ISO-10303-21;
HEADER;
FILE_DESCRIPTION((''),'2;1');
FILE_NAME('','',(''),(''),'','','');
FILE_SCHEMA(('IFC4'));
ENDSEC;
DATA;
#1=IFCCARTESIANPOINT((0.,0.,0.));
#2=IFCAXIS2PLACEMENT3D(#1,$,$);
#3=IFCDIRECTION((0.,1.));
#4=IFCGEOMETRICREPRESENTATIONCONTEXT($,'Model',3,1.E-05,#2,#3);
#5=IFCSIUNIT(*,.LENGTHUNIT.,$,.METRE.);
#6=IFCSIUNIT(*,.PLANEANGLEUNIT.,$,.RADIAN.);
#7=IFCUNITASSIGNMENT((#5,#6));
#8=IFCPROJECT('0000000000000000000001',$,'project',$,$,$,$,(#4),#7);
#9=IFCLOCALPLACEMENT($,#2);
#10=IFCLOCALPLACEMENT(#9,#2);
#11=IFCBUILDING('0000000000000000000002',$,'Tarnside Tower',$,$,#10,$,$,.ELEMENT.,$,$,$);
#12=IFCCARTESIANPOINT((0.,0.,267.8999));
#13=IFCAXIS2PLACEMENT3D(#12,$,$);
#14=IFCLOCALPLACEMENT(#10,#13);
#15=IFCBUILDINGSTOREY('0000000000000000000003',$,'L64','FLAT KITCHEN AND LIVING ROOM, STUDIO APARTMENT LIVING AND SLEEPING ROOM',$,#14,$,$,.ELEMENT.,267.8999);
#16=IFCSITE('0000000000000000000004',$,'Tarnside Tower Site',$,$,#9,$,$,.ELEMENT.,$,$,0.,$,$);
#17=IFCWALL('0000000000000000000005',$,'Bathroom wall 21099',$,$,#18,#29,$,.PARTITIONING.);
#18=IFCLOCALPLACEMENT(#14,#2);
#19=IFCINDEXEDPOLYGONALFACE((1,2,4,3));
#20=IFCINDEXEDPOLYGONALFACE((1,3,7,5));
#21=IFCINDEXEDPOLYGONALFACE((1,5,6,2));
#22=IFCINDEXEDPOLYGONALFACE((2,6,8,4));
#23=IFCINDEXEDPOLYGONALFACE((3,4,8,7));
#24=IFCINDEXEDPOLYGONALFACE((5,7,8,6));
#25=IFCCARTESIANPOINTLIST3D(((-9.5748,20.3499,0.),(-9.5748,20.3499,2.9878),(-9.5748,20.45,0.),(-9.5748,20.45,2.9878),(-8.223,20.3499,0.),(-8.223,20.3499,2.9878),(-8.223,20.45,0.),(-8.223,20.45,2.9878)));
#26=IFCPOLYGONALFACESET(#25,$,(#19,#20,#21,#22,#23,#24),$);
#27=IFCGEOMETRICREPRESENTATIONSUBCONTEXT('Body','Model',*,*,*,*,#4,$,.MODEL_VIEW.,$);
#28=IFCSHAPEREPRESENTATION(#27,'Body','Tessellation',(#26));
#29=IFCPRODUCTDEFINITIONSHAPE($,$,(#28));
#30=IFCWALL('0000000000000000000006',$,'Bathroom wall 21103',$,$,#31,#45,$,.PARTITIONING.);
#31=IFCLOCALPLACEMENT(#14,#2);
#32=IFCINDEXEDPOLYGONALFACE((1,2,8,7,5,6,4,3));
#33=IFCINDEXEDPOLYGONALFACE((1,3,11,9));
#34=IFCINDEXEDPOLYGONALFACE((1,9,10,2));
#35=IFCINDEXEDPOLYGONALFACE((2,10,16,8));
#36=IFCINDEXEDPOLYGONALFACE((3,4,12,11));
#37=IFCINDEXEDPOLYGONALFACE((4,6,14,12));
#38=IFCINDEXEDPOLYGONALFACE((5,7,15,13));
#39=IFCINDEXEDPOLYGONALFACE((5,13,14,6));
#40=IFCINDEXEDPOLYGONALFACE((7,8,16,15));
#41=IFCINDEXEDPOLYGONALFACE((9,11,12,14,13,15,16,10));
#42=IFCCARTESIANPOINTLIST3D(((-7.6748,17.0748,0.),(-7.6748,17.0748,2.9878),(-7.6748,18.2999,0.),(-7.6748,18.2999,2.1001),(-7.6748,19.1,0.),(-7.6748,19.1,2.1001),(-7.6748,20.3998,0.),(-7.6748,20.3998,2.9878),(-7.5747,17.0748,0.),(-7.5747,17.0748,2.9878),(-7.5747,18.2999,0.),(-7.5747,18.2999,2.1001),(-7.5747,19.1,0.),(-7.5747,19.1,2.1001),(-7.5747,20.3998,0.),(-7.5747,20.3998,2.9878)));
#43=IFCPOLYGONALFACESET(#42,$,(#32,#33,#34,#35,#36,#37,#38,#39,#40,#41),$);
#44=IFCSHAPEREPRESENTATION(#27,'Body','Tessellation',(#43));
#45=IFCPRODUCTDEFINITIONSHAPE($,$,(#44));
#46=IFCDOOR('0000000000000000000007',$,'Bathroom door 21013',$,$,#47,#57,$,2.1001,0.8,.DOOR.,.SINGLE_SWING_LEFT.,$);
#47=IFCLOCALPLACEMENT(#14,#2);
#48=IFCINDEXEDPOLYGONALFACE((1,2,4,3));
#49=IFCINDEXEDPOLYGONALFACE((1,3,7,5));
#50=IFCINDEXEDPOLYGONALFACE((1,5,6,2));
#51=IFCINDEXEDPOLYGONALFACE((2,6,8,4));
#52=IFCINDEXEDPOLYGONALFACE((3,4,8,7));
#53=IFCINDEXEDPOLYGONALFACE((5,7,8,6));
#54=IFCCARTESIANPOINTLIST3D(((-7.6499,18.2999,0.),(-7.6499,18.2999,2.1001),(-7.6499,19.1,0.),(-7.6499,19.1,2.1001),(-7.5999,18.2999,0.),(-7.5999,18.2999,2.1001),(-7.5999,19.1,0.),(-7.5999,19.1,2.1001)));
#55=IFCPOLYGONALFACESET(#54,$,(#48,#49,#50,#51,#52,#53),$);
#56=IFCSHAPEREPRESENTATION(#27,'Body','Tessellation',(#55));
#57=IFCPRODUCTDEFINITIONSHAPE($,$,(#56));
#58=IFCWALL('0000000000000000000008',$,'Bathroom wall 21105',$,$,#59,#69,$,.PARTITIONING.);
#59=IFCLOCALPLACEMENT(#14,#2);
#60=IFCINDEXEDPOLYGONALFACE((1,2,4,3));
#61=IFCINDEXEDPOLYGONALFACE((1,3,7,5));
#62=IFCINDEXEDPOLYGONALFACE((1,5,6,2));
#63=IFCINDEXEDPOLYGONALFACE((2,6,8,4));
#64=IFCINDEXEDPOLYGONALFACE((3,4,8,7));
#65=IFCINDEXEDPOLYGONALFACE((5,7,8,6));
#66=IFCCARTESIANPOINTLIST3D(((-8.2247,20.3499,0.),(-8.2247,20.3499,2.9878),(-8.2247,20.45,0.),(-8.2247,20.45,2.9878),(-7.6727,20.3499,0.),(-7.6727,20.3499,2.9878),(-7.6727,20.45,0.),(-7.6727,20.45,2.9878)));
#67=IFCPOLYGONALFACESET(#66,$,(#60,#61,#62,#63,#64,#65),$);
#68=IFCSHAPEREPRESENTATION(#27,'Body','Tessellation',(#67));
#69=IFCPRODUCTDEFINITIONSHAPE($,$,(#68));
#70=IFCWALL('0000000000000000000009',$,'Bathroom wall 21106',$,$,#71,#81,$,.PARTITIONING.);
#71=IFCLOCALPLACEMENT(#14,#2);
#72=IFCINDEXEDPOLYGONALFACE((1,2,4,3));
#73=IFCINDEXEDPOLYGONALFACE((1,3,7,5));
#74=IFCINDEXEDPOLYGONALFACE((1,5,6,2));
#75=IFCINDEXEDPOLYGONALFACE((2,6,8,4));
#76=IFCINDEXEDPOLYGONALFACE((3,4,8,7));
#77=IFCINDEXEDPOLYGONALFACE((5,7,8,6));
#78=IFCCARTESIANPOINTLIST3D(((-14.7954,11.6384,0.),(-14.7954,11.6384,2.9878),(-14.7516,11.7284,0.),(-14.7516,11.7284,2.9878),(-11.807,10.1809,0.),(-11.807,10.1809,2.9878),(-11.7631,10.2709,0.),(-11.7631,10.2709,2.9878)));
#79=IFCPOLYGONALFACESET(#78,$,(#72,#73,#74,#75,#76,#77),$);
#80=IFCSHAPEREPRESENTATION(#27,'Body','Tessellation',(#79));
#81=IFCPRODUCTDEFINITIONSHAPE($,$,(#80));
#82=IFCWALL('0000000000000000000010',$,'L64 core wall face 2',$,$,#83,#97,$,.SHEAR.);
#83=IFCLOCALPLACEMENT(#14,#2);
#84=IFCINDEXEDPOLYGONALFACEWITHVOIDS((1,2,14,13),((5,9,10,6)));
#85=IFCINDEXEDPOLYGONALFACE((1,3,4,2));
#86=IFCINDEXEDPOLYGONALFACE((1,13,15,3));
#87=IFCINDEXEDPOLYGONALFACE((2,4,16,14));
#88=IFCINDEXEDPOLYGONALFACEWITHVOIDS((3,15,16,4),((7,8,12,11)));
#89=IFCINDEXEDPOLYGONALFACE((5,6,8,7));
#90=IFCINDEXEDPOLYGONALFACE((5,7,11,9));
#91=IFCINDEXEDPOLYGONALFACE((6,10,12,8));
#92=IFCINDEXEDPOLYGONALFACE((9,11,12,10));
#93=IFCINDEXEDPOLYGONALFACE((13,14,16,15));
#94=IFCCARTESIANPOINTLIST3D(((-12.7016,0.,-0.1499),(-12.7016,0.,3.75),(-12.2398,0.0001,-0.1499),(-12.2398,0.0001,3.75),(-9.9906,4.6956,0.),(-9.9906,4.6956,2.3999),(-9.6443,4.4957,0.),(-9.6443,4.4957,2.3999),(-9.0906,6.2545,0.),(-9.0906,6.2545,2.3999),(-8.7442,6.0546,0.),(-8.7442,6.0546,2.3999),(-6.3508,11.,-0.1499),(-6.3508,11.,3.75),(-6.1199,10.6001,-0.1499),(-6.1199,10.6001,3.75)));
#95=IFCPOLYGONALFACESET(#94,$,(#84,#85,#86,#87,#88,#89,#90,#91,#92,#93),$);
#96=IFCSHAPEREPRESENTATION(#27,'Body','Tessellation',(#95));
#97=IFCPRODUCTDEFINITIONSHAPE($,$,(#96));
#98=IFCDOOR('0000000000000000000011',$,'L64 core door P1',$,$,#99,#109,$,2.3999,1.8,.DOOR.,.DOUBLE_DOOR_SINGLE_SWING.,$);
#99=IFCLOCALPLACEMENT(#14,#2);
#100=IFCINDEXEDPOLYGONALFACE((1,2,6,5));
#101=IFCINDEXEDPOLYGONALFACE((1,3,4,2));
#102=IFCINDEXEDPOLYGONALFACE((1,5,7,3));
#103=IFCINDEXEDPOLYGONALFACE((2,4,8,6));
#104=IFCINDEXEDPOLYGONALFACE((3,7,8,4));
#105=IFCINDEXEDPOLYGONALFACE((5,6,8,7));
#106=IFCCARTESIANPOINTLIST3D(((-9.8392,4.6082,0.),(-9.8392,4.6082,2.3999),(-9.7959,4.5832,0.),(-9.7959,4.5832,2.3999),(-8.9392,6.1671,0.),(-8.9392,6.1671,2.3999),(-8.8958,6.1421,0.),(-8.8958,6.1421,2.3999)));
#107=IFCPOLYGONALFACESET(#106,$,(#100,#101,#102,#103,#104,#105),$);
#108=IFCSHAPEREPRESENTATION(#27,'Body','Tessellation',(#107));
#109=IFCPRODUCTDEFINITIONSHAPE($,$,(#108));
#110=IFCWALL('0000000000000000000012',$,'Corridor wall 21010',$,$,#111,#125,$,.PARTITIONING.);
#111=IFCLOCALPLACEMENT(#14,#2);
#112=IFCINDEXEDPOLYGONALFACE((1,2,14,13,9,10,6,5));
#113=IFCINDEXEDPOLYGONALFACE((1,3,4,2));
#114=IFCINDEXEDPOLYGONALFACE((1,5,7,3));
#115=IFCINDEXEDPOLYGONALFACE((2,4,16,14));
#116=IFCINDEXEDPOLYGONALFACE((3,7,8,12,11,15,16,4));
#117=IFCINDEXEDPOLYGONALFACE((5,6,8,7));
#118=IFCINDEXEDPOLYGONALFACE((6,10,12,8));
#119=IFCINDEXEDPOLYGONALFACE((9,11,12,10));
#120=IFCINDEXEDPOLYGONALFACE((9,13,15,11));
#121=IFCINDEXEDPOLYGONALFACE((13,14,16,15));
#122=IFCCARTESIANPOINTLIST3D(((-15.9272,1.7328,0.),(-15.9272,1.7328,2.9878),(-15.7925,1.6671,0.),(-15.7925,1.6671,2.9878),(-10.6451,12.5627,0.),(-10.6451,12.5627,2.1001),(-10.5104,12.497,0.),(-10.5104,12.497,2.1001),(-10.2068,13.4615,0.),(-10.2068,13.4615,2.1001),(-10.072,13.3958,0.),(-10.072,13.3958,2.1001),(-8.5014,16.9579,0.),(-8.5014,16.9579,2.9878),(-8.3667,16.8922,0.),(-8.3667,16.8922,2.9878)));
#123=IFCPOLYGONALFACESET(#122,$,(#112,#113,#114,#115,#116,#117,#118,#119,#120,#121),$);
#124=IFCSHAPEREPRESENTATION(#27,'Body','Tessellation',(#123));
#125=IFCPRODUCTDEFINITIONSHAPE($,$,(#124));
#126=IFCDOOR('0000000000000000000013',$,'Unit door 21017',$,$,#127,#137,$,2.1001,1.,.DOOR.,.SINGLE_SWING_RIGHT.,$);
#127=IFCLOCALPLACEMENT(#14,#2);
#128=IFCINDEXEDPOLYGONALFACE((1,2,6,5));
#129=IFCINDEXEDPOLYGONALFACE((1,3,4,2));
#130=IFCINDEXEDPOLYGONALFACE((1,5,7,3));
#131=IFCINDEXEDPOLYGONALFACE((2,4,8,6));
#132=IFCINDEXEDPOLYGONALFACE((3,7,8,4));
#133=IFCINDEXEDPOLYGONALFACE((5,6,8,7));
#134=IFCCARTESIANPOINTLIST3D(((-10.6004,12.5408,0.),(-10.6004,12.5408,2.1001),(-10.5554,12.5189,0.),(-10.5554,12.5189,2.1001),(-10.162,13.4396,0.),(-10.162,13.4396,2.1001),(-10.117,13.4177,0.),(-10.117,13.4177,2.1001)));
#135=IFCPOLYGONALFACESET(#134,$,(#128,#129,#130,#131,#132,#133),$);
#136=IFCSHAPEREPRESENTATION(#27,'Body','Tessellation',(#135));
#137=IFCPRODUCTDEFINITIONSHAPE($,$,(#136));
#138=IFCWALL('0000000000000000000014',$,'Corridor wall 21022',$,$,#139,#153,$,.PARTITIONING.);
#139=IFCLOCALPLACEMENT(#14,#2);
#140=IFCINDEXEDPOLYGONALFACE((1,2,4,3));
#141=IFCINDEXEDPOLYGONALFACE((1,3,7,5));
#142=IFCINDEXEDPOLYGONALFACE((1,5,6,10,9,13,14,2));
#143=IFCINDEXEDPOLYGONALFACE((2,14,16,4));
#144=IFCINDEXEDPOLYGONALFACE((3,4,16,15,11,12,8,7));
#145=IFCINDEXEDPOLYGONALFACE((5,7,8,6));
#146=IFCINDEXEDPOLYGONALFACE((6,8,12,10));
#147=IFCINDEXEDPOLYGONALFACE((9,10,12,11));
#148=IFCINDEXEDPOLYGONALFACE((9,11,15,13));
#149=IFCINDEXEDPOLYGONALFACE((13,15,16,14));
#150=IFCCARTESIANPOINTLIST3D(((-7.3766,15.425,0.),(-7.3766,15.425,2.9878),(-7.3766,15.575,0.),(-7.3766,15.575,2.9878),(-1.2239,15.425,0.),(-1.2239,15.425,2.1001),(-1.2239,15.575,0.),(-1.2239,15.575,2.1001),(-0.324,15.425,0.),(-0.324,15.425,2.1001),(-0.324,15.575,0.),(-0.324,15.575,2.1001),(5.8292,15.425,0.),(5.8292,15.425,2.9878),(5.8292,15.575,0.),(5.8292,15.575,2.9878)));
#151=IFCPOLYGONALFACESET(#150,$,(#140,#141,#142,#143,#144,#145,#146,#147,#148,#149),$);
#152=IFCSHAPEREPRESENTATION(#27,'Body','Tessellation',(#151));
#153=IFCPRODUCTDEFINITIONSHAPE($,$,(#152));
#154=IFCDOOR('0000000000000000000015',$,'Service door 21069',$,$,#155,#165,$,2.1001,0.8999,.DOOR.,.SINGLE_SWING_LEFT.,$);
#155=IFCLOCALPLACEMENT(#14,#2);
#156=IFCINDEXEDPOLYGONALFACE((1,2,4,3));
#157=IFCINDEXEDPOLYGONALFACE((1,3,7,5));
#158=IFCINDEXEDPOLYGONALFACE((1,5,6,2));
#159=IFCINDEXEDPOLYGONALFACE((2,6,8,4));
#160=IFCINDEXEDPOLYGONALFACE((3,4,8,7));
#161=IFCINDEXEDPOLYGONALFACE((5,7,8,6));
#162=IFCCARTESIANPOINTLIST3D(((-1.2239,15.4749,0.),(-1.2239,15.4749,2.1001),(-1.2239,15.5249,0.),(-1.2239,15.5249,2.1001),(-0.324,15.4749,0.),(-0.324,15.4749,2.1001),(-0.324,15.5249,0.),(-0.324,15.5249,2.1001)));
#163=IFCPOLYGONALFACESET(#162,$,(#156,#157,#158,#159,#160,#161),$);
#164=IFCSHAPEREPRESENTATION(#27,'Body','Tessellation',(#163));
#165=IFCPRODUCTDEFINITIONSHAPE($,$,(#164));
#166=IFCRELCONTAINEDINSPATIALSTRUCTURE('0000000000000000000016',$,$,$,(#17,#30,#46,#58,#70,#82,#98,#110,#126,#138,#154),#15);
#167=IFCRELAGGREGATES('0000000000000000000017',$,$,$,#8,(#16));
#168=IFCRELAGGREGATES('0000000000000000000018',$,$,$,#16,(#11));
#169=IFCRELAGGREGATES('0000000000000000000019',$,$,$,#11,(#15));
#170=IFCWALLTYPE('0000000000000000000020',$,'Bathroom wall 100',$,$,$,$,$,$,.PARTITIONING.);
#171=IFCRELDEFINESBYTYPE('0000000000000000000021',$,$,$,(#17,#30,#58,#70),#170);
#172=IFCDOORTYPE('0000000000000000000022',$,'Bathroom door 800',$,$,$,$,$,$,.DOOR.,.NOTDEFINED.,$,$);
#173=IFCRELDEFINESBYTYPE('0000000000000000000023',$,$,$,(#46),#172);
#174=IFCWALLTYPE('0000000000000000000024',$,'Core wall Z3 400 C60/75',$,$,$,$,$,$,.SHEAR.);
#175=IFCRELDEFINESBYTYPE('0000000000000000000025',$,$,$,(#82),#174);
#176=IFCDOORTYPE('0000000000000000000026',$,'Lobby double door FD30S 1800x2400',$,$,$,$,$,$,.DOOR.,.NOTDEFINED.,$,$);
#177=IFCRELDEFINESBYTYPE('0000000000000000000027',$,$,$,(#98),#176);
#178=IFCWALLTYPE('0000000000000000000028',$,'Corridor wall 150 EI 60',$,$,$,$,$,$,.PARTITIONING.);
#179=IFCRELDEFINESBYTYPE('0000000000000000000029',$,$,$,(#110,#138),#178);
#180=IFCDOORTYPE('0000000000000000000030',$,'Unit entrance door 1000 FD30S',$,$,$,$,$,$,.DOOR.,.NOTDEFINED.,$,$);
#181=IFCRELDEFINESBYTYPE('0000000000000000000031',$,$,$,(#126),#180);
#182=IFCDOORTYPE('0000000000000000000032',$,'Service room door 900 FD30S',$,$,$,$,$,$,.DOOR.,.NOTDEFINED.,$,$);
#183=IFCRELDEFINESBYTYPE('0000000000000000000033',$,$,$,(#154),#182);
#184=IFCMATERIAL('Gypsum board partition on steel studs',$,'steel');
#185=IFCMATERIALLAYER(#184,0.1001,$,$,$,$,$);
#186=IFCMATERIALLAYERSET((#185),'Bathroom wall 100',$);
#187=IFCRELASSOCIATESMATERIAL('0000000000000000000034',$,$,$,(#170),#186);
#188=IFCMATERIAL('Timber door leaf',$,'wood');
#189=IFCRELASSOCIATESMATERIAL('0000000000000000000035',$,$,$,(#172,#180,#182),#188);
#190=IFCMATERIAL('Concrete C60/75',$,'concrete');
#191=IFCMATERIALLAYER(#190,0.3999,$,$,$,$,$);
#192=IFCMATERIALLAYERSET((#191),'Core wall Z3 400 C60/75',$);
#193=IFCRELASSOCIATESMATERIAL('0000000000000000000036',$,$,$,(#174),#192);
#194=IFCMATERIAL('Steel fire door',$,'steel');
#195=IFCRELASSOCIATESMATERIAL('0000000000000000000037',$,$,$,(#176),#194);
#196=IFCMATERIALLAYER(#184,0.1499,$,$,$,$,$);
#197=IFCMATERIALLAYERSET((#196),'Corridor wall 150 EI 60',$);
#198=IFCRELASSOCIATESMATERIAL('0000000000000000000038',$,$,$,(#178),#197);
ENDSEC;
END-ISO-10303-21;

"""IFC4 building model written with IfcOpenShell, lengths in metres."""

from ifc_helpers import new_model, si_unit, direction, frame, frame_2d, origin, place, context, subcontext, project, spatial, polyline, rectangle, outline, extrude, material, layer, layer_set, type_object, element, fill, save


model = new_model("IFC4")

# Units and contexts
model_context = context("Model", 3, precision=1e-05, world=origin(), true_north=direction((0.0, 1.0)))
body_context = subcontext(model_context, "Body", "Model", "MODEL_VIEW")
ifc_project = project(units=[si_unit("LENGTHUNIT", "METRE"), si_unit("PLANEANGLEUNIT", "RADIAN")], contexts=[model_context])

# Site, building, storey
site_placement = place(None, origin())
site = spatial("IfcSite", under=ifc_project, at=site_placement, Name="Tarnside Tower Site", CompositionType="ELEMENT", RefElevation=0.0)
building_placement = place(site_placement, origin())
building = spatial("IfcBuilding", under=site, at=building_placement, Name="Tarnside Tower", CompositionType="ELEMENT")
storey_placement = place(building_placement, frame((0.0, 0.0, 267.8999)))
storey = spatial("IfcBuildingStorey", under=building, at=storey_placement, Name="L64", Description="FLAT KITCHEN AND LIVING ROOM, STUDIO APARTMENT LIVING AND SLEEPING ROOM", CompositionType="ELEMENT", Elevation=267.8999)

# Wall
ifc_material_1 = material(Name="Gypsum board partition on steel studs", Category="steel")
ifc_layer_1 = layer(ifc_material_1, 0.1001)
ifc_layer_set_1 = layer_set([ifc_layer_1], Name="Bathroom wall 100")
wall_type_1 = type_object("IfcWallType", Name="Bathroom wall 100", PredefinedType="PARTITIONING", material=ifc_layer_set_1)
wall_1_placement = place(storey_placement, frame((-9.5747, 20.3999, 0.0), z_axis=(0.0, 0.0, 1.0), x_axis=(1.0, 0.0, 0.0)))
element("IfcWall", 1, at=wall_1_placement, inside=storey, type_object=wall_type_1, Name="Bathroom wall 21099", PredefinedType="PARTITIONING", context=body_context, shape_type="SweptSolid", body=[
    extrude(rectangle(XDim=1.3518, YDim=0.1001, at=frame_2d((0.6758, 0.0))), origin(), (0.0, 0.0, 1.0), 2.9878),
])

# Wall, opening, door
wall_2_placement = place(storey_placement, frame((-7.6248, 20.3999, 0.0), z_axis=(0.0, 0.0, 1.0), x_axis=(0.0, -1.0, 0.0)))
wall_2 = element("IfcWall", 2, at=wall_2_placement, inside=storey, type_object=wall_type_1, Name="Bathroom wall 21103", PredefinedType="PARTITIONING", context=body_context, shape_type="SweptSolid", body=[
    extrude(rectangle(XDim=3.325, YDim=0.1001, at=frame_2d((1.6626, 0.0))), origin(), (0.0, 0.0, 1.0), 2.9878),
])
opening_1_placement = place(wall_2_placement, frame((1.3, 0.0, 0.0)))
opening_1 = element("IfcOpeningElement", 3, at=opening_1_placement, cuts=wall_2, PredefinedType="OPENING", context=body_context, shape_type="SweptSolid", body=[
    extrude(rectangle(XDim=0.8, YDim=2.1001, at=frame_2d((0.3999, 1.05))), frame((0.0, 0.0601, 0.0), z_axis=(0.0, -1.0, 0.0), x_axis=(1.0, 0.0, 0.0)), (0.0, 0.0, 1.0), 0.1201),
])
ifc_material_2 = material(Name="Timber door leaf", Category="wood")
door_type_1 = type_object("IfcDoorType", Name="Bathroom door 800", OperationType="NOTDEFINED", PredefinedType="DOOR", material=ifc_material_2)
door_1_placement = place(opening_1_placement, origin())
door_1 = element("IfcDoor", 4, at=door_1_placement, inside=storey, type_object=door_type_1, Name="Bathroom door 21013", OperationType="SINGLE_SWING_LEFT", OverallHeight=2.1001, OverallWidth=0.8, PredefinedType="DOOR", context=body_context, shape_type="SweptSolid", body=[
    extrude(rectangle(XDim=0.8, YDim=2.1001, at=frame_2d((0.3999, 1.05))), frame((0.0, 0.0249, 0.0), z_axis=(0.0, -1.0, 0.0), x_axis=(1.0, 0.0, 0.0)), (0.0, 0.0, 1.0), 0.05),
])
fill(opening_1, door_1)

# Walls
wall_3_placement = place(storey_placement, frame((-7.6729, 20.3999, 0.0), z_axis=(0.0, 0.0, 1.0), x_axis=(-1.0, 0.0, 0.0)))
element("IfcWall", 5, at=wall_3_placement, inside=storey, type_object=wall_type_1, Name="Bathroom wall 21105", PredefinedType="PARTITIONING", context=body_context, shape_type="SweptSolid", body=[
    extrude(rectangle(XDim=0.552, YDim=0.1001, at=frame_2d((0.2759, 0.0))), origin(), (0.0, 0.0, 1.0), 2.9878),
])
wall_4_placement = place(storey_placement, frame((-11.7849, 10.2258, 0.0), z_axis=(0.0, 0.0, 1.0), x_axis=(-0.898804, 0.438351, 0.0)))
element("IfcWall", 6, at=wall_4_placement, inside=storey, type_object=wall_type_1, Name="Bathroom wall 21106", PredefinedType="PARTITIONING", context=body_context, shape_type="SweptSolid", body=[
    extrude(rectangle(XDim=3.325, YDim=0.1001, at=frame_2d((1.6626, 0.0))), origin(), (0.0, 0.0, 1.0), 2.9878),
])

# Walls, openings, doors
ifc_material_3 = material(Name="Concrete C60/75", Category="concrete")
ifc_layer_2 = layer(ifc_material_3, 0.3999)
ifc_layer_set_2 = layer_set([ifc_layer_2], Name="Core wall Z3 400 C60/75")
wall_type_2 = type_object("IfcWallType", Name="Core wall Z3 400 C60/75", PredefinedType="SHEAR", material=ifc_layer_set_2)
wall_5_placement = place(storey_placement, frame((-6.2354, 10.8, -0.1499), z_axis=(0.0, 0.0, 1.0), x_axis=(-0.499996, -0.866027, 0.0)))
wall_5 = element("IfcWall", 7, at=wall_5_placement, inside=storey, type_object=wall_type_2, Name="L64 core wall face 2", PredefinedType="SHEAR", context=body_context, shape_type="SweptSolid", body=[
    extrude(outline(polyline([(-0.1155, -0.2), (12.5862, -0.2), (12.3552, 0.2), (0.1155, 0.2), (-0.1155, -0.2)])), origin(), (0.0, 0.0, 1.0), 3.8999),
])
opening_2_placement = place(wall_5_placement, frame((5.3643, 0.0, 0.1499)))
opening_2 = element("IfcOpeningElement", 8, at=opening_2_placement, cuts=wall_5, PredefinedType="OPENING", context=body_context, shape_type="SweptSolid", body=[
    extrude(rectangle(XDim=1.8, YDim=2.3999, at=frame_2d((0.8999, 1.2))), frame((0.0, 0.21, 0.0), z_axis=(0.0, -1.0, 0.0), x_axis=(1.0, 0.0, 0.0)), (0.0, 0.0, 1.0), 0.4199),
])
ifc_material_4 = material(Name="Steel fire door", Category="steel")
door_type_2 = type_object("IfcDoorType", Name="Lobby double door FD30S 1800x2400", OperationType="NOTDEFINED", PredefinedType="DOOR", material=ifc_material_4)
door_2_placement = place(opening_2_placement, origin())
door_2 = element("IfcDoor", 9, at=door_2_placement, inside=storey, type_object=door_type_2, Name="L64 core door P1", OperationType="DOUBLE_DOOR_SINGLE_SWING", OverallHeight=2.3999, OverallWidth=1.8, PredefinedType="DOOR", context=body_context, shape_type="SweptSolid", body=[
    extrude(rectangle(XDim=1.8, YDim=2.3999, at=frame_2d((0.8999, 1.2))), frame((0.0, 0.0249, 0.0), z_axis=(0.0, -1.0, 0.0), x_axis=(1.0, 0.0, 0.0)), (0.0, 0.0, 1.0), 0.05),
])
fill(opening_2, door_2)
ifc_layer_3 = layer(ifc_material_1, 0.1499)
ifc_layer_set_3 = layer_set([ifc_layer_3], Name="Corridor wall 150 EI 60")
wall_type_3 = type_object("IfcWallType", Name="Corridor wall 150 EI 60", PredefinedType="PARTITIONING", material=ifc_layer_set_3)
wall_6_placement = place(storey_placement, frame((-8.4341, 16.925, 0.0), z_axis=(0.0, 0.0, 1.0), x_axis=(-0.438371, -0.898794, 0.0)))
wall_6 = element("IfcWall", 10, at=wall_6_placement, inside=storey, type_object=wall_type_3, Name="Corridor wall 21010", PredefinedType="PARTITIONING", context=body_context, shape_type="SweptSolid", body=[
    extrude(rectangle(XDim=16.9395, YDim=0.1499, at=frame_2d((8.4697, 0.0))), origin(), (0.0, 0.0, 1.0), 2.9878),
])
opening_3_placement = place(wall_6_placement, frame((3.8901, 0.0, 0.0)))
opening_3 = element("IfcOpeningElement", 11, at=opening_3_placement, cuts=wall_6, PredefinedType="OPENING", context=body_context, shape_type="SweptSolid", body=[
    extrude(rectangle(XDim=1.0, YDim=2.1001, at=frame_2d((0.5, 1.05))), frame((0.0, 0.085, 0.0), z_axis=(0.0, -1.0, 0.0), x_axis=(1.0, 0.0, 0.0)), (0.0, 0.0, 1.0), 0.1699),
])
door_type_3 = type_object("IfcDoorType", Name="Unit entrance door 1000 FD30S", OperationType="NOTDEFINED", PredefinedType="DOOR", material=ifc_material_2)
door_3_placement = place(opening_3_placement, origin())
door_3 = element("IfcDoor", 12, at=door_3_placement, inside=storey, type_object=door_type_3, Name="Unit door 21017", OperationType="SINGLE_SWING_RIGHT", OverallHeight=2.1001, OverallWidth=1.0, PredefinedType="DOOR", context=body_context, shape_type="SweptSolid", body=[
    extrude(rectangle(XDim=1.0, YDim=2.1001, at=frame_2d((0.5, 1.05))), frame((0.0, 0.0249, 0.0), z_axis=(0.0, -1.0, 0.0), x_axis=(1.0, 0.0, 0.0)), (0.0, 0.0, 1.0), 0.05),
])
fill(opening_3, door_3)
wall_7_placement = place(storey_placement, frame((-7.3767, 15.5, 0.0), z_axis=(0.0, 0.0, 1.0), x_axis=(1.0, 0.0, 0.0)))
wall_7 = element("IfcWall", 13, at=wall_7_placement, inside=storey, type_object=wall_type_3, Name="Corridor wall 21022", PredefinedType="PARTITIONING", context=body_context, shape_type="SweptSolid", body=[
    extrude(rectangle(XDim=13.2058, YDim=0.1499, at=frame_2d((6.603, 0.0))), origin(), (0.0, 0.0, 1.0), 2.9878),
])
opening_4_placement = place(wall_7_placement, frame((6.1528, 0.0, 0.0)))
opening_4 = element("IfcOpeningElement", 14, at=opening_4_placement, cuts=wall_7, PredefinedType="OPENING", context=body_context, shape_type="SweptSolid", body=[
    extrude(rectangle(XDim=0.8999, YDim=2.1001, at=frame_2d((0.45, 1.05))), frame((0.0, 0.085, 0.0), z_axis=(0.0, -1.0, 0.0), x_axis=(1.0, 0.0, 0.0)), (0.0, 0.0, 1.0), 0.1699),
])
door_type_4 = type_object("IfcDoorType", Name="Service room door 900 FD30S", OperationType="NOTDEFINED", PredefinedType="DOOR", material=ifc_material_2)
door_4_placement = place(opening_4_placement, origin())
door_4 = element("IfcDoor", 15, at=door_4_placement, inside=storey, type_object=door_type_4, Name="Service door 21069", OperationType="SINGLE_SWING_LEFT", OverallHeight=2.1001, OverallWidth=0.8999, PredefinedType="DOOR", context=body_context, shape_type="SweptSolid", body=[
    extrude(rectangle(XDim=0.8999, YDim=2.1001, at=frame_2d((0.45, 1.05))), frame((0.0, 0.0249, 0.0), z_axis=(0.0, -1.0, 0.0), x_axis=(1.0, 0.0, 0.0)), (0.0, 0.0, 1.0), 0.05),
])
fill(opening_4, door_4)

save(model, "model.ifc")
